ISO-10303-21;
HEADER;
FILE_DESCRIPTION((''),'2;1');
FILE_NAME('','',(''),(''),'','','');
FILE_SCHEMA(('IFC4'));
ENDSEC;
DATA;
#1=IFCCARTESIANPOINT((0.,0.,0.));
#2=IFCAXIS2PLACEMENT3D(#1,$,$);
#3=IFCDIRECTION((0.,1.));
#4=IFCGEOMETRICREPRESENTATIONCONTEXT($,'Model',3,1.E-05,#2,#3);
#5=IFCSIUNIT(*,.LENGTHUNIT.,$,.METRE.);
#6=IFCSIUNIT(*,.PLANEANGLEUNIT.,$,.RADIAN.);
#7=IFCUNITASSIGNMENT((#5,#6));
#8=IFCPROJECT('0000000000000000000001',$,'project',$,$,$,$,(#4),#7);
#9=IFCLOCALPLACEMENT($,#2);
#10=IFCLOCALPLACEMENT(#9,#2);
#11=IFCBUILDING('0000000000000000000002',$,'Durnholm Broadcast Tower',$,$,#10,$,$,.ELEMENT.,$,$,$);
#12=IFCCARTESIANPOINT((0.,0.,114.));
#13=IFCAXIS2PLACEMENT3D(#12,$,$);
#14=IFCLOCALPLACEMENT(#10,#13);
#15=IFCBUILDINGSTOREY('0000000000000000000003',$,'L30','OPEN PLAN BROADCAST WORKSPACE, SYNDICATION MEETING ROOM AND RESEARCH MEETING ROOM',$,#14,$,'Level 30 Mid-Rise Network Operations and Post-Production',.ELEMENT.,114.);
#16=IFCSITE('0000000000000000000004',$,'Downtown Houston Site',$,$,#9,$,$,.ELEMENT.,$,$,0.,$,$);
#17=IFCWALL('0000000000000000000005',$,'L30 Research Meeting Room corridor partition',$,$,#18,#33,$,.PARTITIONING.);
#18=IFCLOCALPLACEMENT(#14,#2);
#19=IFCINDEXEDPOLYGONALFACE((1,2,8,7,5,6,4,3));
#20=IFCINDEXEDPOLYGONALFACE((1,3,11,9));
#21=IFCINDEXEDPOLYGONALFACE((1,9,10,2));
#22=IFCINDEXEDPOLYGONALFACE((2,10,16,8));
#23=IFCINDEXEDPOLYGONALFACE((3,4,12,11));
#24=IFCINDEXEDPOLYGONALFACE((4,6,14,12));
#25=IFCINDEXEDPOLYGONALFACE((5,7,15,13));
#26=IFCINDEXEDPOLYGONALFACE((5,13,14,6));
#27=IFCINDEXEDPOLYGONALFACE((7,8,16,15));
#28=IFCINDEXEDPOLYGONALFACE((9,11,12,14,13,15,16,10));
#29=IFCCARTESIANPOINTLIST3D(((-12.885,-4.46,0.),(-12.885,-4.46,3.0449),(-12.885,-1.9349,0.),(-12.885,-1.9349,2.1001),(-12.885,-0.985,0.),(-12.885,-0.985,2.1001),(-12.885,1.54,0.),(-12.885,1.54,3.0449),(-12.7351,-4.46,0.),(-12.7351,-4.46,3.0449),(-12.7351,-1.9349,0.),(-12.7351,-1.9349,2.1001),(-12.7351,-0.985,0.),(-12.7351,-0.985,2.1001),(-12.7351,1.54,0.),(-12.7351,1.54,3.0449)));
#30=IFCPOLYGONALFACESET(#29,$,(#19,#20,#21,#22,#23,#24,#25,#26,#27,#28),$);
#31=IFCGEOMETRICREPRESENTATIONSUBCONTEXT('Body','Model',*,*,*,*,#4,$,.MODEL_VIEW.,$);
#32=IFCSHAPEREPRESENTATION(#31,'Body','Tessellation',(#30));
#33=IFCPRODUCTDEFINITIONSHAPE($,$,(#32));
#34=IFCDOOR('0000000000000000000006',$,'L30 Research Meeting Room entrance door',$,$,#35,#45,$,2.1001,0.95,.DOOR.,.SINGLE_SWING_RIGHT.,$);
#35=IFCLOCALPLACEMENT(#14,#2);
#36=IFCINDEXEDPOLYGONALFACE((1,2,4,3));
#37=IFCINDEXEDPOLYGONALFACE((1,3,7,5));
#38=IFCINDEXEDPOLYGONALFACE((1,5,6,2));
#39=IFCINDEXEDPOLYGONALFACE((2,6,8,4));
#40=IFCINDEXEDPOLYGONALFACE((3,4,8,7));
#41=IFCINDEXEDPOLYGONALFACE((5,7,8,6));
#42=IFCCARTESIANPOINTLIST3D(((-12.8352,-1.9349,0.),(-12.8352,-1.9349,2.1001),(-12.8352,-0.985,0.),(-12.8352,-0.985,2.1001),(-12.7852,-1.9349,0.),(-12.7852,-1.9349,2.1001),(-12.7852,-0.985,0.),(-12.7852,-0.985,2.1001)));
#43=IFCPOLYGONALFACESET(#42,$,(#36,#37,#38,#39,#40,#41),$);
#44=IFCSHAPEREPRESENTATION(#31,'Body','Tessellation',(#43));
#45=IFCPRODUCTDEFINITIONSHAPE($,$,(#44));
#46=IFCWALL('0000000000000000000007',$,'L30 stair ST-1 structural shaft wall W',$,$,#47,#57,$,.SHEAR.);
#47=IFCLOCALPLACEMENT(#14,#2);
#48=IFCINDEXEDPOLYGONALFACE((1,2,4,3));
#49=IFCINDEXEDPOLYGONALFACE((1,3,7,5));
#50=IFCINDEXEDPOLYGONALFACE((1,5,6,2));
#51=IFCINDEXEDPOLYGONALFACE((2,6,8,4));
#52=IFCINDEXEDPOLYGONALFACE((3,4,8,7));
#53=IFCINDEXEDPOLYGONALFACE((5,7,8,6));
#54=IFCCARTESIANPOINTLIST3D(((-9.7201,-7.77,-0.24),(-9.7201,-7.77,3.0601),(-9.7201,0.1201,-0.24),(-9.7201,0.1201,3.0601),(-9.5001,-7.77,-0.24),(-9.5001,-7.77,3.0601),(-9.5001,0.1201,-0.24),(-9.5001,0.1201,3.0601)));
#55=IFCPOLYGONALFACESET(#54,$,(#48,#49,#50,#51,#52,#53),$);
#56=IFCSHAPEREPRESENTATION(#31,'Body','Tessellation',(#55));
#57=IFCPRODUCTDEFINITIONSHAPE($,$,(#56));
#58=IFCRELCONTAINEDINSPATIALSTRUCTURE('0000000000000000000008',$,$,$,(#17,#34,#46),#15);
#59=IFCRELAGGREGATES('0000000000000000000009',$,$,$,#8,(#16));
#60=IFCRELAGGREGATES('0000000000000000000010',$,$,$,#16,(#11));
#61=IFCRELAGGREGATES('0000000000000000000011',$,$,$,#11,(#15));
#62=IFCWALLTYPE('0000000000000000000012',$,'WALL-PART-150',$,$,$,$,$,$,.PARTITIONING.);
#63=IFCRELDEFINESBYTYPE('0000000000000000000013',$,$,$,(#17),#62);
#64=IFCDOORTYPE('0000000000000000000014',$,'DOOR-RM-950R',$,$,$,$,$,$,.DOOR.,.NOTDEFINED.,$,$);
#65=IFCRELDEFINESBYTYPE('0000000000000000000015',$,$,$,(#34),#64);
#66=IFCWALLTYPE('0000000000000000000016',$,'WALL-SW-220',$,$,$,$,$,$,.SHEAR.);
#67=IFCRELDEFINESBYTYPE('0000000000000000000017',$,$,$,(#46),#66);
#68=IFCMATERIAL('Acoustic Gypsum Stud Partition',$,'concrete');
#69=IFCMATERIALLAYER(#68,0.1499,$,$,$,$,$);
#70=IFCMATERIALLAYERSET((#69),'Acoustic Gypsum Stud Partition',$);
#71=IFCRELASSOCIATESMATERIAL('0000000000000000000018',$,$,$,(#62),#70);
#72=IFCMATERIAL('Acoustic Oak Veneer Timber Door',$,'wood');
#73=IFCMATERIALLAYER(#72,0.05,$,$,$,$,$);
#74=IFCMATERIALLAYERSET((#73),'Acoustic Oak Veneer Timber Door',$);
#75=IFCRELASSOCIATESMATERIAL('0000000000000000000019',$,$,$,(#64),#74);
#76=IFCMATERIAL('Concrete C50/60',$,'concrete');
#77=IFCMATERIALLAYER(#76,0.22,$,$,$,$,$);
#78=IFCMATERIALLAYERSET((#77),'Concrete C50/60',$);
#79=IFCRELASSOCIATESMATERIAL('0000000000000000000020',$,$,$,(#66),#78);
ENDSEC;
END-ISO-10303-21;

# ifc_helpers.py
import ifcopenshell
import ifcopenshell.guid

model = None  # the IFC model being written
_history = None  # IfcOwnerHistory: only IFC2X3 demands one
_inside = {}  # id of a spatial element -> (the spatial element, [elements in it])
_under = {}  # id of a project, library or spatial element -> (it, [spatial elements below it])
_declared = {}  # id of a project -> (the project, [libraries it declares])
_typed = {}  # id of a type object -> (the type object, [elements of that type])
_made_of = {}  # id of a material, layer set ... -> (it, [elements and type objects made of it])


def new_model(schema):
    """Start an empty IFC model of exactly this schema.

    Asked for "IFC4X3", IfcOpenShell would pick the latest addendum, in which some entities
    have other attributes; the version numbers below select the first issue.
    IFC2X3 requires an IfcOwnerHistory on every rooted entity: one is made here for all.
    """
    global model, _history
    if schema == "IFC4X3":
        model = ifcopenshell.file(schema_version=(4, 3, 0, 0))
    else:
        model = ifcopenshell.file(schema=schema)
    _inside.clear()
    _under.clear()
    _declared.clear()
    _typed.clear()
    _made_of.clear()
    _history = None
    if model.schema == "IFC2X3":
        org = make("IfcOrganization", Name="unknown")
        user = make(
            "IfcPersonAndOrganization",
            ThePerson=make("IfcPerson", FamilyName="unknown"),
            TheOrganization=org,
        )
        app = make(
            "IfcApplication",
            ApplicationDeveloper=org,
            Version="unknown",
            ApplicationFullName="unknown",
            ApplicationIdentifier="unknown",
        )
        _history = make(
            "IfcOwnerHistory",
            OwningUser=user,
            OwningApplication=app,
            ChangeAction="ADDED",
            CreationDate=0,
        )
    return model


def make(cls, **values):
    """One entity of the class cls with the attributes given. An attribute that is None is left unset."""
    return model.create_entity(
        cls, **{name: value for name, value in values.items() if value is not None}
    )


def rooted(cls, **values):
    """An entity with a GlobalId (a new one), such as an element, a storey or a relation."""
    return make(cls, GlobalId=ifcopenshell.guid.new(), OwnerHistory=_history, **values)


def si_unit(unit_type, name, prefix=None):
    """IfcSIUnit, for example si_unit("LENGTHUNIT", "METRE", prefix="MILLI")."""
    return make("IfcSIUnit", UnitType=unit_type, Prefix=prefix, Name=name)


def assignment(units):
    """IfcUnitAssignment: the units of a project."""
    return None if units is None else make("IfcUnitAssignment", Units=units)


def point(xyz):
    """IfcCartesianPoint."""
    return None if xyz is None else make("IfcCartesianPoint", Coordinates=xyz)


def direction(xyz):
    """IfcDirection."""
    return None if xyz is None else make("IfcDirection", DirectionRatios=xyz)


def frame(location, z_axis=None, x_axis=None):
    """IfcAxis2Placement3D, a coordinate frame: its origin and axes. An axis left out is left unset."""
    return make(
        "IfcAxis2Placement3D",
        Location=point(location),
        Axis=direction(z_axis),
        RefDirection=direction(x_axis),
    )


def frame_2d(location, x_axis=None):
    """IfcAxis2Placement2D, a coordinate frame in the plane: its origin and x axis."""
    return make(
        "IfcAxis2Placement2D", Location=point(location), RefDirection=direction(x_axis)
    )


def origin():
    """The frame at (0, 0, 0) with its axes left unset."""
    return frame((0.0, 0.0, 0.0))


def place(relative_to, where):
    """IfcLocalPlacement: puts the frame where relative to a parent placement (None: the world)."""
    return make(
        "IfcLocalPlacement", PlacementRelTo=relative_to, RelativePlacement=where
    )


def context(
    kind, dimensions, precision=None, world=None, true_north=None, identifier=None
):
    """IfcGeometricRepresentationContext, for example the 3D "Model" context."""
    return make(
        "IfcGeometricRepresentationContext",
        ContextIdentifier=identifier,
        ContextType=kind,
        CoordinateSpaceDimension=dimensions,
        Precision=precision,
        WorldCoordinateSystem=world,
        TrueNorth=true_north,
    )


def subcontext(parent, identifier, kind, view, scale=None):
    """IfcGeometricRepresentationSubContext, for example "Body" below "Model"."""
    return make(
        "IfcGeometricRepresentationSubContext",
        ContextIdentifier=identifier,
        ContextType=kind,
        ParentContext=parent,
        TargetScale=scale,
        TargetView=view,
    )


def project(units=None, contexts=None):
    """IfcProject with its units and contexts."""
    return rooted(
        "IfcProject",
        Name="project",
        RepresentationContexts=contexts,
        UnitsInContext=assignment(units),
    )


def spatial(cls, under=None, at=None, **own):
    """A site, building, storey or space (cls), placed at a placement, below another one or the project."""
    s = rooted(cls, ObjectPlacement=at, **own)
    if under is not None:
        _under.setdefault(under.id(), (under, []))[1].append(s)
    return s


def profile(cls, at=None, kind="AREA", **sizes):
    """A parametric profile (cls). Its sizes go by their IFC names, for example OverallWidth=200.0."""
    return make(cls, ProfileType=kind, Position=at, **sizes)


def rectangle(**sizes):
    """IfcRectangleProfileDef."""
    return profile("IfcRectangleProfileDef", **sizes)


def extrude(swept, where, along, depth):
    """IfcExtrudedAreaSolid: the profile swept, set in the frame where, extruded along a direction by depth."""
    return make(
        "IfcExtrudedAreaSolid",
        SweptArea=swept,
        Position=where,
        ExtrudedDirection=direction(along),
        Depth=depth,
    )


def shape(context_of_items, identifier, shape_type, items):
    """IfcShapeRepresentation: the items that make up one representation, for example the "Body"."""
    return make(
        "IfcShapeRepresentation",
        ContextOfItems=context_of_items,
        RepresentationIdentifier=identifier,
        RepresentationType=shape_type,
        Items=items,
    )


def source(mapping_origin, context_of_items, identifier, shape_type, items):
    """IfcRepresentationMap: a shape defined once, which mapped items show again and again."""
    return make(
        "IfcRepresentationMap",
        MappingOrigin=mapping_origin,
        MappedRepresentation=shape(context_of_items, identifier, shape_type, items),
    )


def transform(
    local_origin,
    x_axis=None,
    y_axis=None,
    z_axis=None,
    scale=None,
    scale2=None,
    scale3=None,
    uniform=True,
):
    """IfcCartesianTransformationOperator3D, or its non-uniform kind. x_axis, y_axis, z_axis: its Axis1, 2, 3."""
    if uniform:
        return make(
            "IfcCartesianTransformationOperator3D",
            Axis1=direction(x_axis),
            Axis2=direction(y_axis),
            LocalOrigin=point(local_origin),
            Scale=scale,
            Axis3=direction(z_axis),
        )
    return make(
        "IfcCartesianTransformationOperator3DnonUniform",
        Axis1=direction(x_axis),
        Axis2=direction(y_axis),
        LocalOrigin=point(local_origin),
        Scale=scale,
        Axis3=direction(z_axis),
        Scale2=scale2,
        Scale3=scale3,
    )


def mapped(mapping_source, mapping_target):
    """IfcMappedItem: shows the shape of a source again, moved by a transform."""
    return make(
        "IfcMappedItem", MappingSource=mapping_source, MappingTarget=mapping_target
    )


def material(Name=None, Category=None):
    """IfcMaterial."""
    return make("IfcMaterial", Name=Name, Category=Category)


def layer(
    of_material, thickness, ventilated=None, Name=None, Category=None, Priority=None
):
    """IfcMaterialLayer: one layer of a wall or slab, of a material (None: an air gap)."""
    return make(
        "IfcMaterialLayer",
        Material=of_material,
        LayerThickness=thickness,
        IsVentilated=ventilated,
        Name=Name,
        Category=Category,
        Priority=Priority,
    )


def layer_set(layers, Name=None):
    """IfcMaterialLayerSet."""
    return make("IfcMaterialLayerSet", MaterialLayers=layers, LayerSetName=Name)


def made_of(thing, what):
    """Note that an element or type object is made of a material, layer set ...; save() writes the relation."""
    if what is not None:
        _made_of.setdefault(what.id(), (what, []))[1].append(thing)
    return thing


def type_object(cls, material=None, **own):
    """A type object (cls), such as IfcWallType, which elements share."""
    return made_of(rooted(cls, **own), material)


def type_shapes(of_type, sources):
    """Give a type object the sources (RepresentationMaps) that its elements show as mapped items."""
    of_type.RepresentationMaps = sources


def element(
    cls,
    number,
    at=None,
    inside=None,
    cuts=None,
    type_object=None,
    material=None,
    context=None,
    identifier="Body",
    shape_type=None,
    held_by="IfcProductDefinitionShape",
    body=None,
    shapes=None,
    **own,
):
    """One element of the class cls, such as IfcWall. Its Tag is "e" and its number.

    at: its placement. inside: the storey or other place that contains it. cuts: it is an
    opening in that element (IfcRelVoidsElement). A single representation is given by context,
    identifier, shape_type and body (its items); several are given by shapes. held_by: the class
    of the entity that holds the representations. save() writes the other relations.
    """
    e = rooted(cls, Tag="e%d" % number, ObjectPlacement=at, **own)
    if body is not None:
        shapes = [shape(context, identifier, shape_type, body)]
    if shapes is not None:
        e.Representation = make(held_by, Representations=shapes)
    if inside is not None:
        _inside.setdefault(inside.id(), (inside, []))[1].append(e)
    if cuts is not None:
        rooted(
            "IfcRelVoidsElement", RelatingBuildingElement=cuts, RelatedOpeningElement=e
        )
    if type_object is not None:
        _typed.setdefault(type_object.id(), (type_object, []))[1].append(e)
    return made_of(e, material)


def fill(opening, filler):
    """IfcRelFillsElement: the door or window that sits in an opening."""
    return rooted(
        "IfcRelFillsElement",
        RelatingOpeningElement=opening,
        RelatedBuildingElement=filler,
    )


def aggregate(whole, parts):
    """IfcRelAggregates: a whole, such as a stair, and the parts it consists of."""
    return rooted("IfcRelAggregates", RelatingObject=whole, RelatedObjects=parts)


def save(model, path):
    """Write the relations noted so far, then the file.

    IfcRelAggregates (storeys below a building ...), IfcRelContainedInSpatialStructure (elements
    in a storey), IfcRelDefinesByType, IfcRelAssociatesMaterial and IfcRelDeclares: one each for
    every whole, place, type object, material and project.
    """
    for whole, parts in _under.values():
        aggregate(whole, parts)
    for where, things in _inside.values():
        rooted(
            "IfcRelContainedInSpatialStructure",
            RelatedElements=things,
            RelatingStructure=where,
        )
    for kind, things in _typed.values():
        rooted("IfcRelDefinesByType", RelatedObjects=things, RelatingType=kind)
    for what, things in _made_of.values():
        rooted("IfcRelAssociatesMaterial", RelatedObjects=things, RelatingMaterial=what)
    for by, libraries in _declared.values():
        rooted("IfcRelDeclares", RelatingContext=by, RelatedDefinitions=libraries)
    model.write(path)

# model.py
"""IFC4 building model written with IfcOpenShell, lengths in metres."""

from ifc_helpers import new_model, si_unit, direction, frame, frame_2d, origin, place, context, subcontext, project, spatial, rectangle, extrude, source, transform, mapped, material, layer, layer_set, type_object, type_shapes, element, fill, save


model = new_model("IFC4")

# Units and contexts
model_context = context("Model", 3, precision=1e-05, world=origin(), true_north=direction((0.0, 1.0)))
body_context = subcontext(model_context, "Body", "Model", "MODEL_VIEW")
ifc_project = project(units=[si_unit("LENGTHUNIT", "METRE"), si_unit("PLANEANGLEUNIT", "RADIAN")], contexts=[model_context])

# Site, building, storey
site_placement = place(None, origin())
site = spatial("IfcSite", under=ifc_project, at=site_placement, Name="Downtown Houston Site", CompositionType="ELEMENT", RefElevation=0.0)
building_placement = place(site_placement, origin())
building = spatial("IfcBuilding", under=site, at=building_placement, Name="Durnholm Broadcast Tower", CompositionType="ELEMENT")
storey_placement = place(building_placement, frame((0.0, 0.0, 114.0)))
storey = spatial("IfcBuildingStorey", under=building, at=storey_placement, Name="L30", Description="OPEN PLAN BROADCAST WORKSPACE, SYNDICATION MEETING ROOM AND RESEARCH MEETING ROOM", LongName="Level 30 Mid-Rise Network Operations and Post-Production", CompositionType="ELEMENT", Elevation=114.0)

# Wall, opening, door
ifc_material_1 = material(Name="Acoustic Gypsum Stud Partition", Category="concrete")
ifc_layer_1 = layer(ifc_material_1, 0.1499)
ifc_layer_set_1 = layer_set([ifc_layer_1], Name="Acoustic Gypsum Stud Partition")
wall_type_1 = type_object("IfcWallType", Name="WALL-PART-150", PredefinedType="PARTITIONING", material=ifc_layer_set_1)
wall_1_placement = place(storey_placement, frame((-12.8101, 1.54, 0.0), z_axis=(0.0, 0.0, 1.0), x_axis=(0.0, -1.0, 0.0)))
wall_1 = element("IfcWall", 1, at=wall_1_placement, inside=storey, type_object=wall_type_1, Name="L30 Research Meeting Room corridor partition", PredefinedType="PARTITIONING", context=body_context, shape_type="SweptSolid", body=[
    extrude(rectangle(XDim=6.0, YDim=0.1499, at=frame_2d((3.0, 0.0))), origin(), (0.0, 0.0, 1.0), 3.0449),
])
opening_1_placement = place(wall_1_placement, frame((2.5249, 0.0, 0.0)))
opening_1 = element("IfcOpeningElement", 2, at=opening_1_placement, cuts=wall_1, PredefinedType="OPENING", context=body_context, shape_type="SweptSolid", body=[
    extrude(rectangle(XDim=0.95, YDim=2.1001, at=frame_2d((0.4751, 1.05))), frame((0.0, 0.085, 0.0), z_axis=(0.0, -1.0, 0.0), x_axis=(1.0, 0.0, 0.0)), (0.0, 0.0, 1.0), 0.1699),
])
ifc_material_2 = material(Name="Acoustic Oak Veneer Timber Door", Category="wood")
ifc_layer_2 = layer(ifc_material_2, 0.05)
ifc_layer_set_2 = layer_set([ifc_layer_2], Name="Acoustic Oak Veneer Timber Door")
door_type_1 = type_object("IfcDoorType", Name="DOOR-RM-950R", OperationType="NOTDEFINED", PredefinedType="DOOR", material=ifc_layer_set_2)
shared_shape_1 = source(origin(), body_context, "Body", "SweptSolid", [
    extrude(rectangle(XDim=0.95, YDim=2.1001, at=frame_2d((0.4751, 1.05))), frame((0.0, 0.0249, 0.0), z_axis=(0.0, -1.0, 0.0), x_axis=(1.0, 0.0, 0.0)), (0.0, 0.0, 1.0), 0.05),
])
type_shapes(door_type_1, [shared_shape_1])
door_1_placement = place(opening_1_placement, origin())
door_1 = element("IfcDoor", 3, at=door_1_placement, inside=storey, type_object=door_type_1, Name="L30 Research Meeting Room entrance door", OperationType="SINGLE_SWING_RIGHT", OverallHeight=2.1001, OverallWidth=0.95, PredefinedType="DOOR", context=body_context, shape_type="MappedRepresentation", body=[
    mapped(shared_shape_1, transform((0.0, 0.0, 0.0), x_axis=(1.0, 0.0, 0.0), y_axis=(0.0, 1.0, 0.0), z_axis=(0.0, 0.0, 1.0), scale=1.0)),
])
fill(opening_1, door_1)

# Wall
ifc_material_3 = material(Name="Concrete C50/60", Category="concrete")
ifc_layer_3 = layer(ifc_material_3, 0.22)
ifc_layer_set_3 = layer_set([ifc_layer_3], Name="Concrete C50/60")
wall_type_2 = type_object("IfcWallType", Name="WALL-SW-220", PredefinedType="SHEAR", material=ifc_layer_set_3)
wall_2_placement = place(storey_placement, frame((-9.6101, 0.1201, -0.24), z_axis=(0.0, 0.0, 1.0), x_axis=(0.0, -1.0, 0.0)))
element("IfcWall", 4, at=wall_2_placement, inside=storey, type_object=wall_type_2, Name="L30 stair ST-1 structural shaft wall W", PredefinedType="SHEAR", context=body_context, shape_type="SweptSolid", body=[
    extrude(rectangle(XDim=7.8901, YDim=0.22, at=frame_2d((3.9451, 0.0))), origin(), (0.0, 0.0, 1.0), 3.3),
])

save(model, "model.ifc")
